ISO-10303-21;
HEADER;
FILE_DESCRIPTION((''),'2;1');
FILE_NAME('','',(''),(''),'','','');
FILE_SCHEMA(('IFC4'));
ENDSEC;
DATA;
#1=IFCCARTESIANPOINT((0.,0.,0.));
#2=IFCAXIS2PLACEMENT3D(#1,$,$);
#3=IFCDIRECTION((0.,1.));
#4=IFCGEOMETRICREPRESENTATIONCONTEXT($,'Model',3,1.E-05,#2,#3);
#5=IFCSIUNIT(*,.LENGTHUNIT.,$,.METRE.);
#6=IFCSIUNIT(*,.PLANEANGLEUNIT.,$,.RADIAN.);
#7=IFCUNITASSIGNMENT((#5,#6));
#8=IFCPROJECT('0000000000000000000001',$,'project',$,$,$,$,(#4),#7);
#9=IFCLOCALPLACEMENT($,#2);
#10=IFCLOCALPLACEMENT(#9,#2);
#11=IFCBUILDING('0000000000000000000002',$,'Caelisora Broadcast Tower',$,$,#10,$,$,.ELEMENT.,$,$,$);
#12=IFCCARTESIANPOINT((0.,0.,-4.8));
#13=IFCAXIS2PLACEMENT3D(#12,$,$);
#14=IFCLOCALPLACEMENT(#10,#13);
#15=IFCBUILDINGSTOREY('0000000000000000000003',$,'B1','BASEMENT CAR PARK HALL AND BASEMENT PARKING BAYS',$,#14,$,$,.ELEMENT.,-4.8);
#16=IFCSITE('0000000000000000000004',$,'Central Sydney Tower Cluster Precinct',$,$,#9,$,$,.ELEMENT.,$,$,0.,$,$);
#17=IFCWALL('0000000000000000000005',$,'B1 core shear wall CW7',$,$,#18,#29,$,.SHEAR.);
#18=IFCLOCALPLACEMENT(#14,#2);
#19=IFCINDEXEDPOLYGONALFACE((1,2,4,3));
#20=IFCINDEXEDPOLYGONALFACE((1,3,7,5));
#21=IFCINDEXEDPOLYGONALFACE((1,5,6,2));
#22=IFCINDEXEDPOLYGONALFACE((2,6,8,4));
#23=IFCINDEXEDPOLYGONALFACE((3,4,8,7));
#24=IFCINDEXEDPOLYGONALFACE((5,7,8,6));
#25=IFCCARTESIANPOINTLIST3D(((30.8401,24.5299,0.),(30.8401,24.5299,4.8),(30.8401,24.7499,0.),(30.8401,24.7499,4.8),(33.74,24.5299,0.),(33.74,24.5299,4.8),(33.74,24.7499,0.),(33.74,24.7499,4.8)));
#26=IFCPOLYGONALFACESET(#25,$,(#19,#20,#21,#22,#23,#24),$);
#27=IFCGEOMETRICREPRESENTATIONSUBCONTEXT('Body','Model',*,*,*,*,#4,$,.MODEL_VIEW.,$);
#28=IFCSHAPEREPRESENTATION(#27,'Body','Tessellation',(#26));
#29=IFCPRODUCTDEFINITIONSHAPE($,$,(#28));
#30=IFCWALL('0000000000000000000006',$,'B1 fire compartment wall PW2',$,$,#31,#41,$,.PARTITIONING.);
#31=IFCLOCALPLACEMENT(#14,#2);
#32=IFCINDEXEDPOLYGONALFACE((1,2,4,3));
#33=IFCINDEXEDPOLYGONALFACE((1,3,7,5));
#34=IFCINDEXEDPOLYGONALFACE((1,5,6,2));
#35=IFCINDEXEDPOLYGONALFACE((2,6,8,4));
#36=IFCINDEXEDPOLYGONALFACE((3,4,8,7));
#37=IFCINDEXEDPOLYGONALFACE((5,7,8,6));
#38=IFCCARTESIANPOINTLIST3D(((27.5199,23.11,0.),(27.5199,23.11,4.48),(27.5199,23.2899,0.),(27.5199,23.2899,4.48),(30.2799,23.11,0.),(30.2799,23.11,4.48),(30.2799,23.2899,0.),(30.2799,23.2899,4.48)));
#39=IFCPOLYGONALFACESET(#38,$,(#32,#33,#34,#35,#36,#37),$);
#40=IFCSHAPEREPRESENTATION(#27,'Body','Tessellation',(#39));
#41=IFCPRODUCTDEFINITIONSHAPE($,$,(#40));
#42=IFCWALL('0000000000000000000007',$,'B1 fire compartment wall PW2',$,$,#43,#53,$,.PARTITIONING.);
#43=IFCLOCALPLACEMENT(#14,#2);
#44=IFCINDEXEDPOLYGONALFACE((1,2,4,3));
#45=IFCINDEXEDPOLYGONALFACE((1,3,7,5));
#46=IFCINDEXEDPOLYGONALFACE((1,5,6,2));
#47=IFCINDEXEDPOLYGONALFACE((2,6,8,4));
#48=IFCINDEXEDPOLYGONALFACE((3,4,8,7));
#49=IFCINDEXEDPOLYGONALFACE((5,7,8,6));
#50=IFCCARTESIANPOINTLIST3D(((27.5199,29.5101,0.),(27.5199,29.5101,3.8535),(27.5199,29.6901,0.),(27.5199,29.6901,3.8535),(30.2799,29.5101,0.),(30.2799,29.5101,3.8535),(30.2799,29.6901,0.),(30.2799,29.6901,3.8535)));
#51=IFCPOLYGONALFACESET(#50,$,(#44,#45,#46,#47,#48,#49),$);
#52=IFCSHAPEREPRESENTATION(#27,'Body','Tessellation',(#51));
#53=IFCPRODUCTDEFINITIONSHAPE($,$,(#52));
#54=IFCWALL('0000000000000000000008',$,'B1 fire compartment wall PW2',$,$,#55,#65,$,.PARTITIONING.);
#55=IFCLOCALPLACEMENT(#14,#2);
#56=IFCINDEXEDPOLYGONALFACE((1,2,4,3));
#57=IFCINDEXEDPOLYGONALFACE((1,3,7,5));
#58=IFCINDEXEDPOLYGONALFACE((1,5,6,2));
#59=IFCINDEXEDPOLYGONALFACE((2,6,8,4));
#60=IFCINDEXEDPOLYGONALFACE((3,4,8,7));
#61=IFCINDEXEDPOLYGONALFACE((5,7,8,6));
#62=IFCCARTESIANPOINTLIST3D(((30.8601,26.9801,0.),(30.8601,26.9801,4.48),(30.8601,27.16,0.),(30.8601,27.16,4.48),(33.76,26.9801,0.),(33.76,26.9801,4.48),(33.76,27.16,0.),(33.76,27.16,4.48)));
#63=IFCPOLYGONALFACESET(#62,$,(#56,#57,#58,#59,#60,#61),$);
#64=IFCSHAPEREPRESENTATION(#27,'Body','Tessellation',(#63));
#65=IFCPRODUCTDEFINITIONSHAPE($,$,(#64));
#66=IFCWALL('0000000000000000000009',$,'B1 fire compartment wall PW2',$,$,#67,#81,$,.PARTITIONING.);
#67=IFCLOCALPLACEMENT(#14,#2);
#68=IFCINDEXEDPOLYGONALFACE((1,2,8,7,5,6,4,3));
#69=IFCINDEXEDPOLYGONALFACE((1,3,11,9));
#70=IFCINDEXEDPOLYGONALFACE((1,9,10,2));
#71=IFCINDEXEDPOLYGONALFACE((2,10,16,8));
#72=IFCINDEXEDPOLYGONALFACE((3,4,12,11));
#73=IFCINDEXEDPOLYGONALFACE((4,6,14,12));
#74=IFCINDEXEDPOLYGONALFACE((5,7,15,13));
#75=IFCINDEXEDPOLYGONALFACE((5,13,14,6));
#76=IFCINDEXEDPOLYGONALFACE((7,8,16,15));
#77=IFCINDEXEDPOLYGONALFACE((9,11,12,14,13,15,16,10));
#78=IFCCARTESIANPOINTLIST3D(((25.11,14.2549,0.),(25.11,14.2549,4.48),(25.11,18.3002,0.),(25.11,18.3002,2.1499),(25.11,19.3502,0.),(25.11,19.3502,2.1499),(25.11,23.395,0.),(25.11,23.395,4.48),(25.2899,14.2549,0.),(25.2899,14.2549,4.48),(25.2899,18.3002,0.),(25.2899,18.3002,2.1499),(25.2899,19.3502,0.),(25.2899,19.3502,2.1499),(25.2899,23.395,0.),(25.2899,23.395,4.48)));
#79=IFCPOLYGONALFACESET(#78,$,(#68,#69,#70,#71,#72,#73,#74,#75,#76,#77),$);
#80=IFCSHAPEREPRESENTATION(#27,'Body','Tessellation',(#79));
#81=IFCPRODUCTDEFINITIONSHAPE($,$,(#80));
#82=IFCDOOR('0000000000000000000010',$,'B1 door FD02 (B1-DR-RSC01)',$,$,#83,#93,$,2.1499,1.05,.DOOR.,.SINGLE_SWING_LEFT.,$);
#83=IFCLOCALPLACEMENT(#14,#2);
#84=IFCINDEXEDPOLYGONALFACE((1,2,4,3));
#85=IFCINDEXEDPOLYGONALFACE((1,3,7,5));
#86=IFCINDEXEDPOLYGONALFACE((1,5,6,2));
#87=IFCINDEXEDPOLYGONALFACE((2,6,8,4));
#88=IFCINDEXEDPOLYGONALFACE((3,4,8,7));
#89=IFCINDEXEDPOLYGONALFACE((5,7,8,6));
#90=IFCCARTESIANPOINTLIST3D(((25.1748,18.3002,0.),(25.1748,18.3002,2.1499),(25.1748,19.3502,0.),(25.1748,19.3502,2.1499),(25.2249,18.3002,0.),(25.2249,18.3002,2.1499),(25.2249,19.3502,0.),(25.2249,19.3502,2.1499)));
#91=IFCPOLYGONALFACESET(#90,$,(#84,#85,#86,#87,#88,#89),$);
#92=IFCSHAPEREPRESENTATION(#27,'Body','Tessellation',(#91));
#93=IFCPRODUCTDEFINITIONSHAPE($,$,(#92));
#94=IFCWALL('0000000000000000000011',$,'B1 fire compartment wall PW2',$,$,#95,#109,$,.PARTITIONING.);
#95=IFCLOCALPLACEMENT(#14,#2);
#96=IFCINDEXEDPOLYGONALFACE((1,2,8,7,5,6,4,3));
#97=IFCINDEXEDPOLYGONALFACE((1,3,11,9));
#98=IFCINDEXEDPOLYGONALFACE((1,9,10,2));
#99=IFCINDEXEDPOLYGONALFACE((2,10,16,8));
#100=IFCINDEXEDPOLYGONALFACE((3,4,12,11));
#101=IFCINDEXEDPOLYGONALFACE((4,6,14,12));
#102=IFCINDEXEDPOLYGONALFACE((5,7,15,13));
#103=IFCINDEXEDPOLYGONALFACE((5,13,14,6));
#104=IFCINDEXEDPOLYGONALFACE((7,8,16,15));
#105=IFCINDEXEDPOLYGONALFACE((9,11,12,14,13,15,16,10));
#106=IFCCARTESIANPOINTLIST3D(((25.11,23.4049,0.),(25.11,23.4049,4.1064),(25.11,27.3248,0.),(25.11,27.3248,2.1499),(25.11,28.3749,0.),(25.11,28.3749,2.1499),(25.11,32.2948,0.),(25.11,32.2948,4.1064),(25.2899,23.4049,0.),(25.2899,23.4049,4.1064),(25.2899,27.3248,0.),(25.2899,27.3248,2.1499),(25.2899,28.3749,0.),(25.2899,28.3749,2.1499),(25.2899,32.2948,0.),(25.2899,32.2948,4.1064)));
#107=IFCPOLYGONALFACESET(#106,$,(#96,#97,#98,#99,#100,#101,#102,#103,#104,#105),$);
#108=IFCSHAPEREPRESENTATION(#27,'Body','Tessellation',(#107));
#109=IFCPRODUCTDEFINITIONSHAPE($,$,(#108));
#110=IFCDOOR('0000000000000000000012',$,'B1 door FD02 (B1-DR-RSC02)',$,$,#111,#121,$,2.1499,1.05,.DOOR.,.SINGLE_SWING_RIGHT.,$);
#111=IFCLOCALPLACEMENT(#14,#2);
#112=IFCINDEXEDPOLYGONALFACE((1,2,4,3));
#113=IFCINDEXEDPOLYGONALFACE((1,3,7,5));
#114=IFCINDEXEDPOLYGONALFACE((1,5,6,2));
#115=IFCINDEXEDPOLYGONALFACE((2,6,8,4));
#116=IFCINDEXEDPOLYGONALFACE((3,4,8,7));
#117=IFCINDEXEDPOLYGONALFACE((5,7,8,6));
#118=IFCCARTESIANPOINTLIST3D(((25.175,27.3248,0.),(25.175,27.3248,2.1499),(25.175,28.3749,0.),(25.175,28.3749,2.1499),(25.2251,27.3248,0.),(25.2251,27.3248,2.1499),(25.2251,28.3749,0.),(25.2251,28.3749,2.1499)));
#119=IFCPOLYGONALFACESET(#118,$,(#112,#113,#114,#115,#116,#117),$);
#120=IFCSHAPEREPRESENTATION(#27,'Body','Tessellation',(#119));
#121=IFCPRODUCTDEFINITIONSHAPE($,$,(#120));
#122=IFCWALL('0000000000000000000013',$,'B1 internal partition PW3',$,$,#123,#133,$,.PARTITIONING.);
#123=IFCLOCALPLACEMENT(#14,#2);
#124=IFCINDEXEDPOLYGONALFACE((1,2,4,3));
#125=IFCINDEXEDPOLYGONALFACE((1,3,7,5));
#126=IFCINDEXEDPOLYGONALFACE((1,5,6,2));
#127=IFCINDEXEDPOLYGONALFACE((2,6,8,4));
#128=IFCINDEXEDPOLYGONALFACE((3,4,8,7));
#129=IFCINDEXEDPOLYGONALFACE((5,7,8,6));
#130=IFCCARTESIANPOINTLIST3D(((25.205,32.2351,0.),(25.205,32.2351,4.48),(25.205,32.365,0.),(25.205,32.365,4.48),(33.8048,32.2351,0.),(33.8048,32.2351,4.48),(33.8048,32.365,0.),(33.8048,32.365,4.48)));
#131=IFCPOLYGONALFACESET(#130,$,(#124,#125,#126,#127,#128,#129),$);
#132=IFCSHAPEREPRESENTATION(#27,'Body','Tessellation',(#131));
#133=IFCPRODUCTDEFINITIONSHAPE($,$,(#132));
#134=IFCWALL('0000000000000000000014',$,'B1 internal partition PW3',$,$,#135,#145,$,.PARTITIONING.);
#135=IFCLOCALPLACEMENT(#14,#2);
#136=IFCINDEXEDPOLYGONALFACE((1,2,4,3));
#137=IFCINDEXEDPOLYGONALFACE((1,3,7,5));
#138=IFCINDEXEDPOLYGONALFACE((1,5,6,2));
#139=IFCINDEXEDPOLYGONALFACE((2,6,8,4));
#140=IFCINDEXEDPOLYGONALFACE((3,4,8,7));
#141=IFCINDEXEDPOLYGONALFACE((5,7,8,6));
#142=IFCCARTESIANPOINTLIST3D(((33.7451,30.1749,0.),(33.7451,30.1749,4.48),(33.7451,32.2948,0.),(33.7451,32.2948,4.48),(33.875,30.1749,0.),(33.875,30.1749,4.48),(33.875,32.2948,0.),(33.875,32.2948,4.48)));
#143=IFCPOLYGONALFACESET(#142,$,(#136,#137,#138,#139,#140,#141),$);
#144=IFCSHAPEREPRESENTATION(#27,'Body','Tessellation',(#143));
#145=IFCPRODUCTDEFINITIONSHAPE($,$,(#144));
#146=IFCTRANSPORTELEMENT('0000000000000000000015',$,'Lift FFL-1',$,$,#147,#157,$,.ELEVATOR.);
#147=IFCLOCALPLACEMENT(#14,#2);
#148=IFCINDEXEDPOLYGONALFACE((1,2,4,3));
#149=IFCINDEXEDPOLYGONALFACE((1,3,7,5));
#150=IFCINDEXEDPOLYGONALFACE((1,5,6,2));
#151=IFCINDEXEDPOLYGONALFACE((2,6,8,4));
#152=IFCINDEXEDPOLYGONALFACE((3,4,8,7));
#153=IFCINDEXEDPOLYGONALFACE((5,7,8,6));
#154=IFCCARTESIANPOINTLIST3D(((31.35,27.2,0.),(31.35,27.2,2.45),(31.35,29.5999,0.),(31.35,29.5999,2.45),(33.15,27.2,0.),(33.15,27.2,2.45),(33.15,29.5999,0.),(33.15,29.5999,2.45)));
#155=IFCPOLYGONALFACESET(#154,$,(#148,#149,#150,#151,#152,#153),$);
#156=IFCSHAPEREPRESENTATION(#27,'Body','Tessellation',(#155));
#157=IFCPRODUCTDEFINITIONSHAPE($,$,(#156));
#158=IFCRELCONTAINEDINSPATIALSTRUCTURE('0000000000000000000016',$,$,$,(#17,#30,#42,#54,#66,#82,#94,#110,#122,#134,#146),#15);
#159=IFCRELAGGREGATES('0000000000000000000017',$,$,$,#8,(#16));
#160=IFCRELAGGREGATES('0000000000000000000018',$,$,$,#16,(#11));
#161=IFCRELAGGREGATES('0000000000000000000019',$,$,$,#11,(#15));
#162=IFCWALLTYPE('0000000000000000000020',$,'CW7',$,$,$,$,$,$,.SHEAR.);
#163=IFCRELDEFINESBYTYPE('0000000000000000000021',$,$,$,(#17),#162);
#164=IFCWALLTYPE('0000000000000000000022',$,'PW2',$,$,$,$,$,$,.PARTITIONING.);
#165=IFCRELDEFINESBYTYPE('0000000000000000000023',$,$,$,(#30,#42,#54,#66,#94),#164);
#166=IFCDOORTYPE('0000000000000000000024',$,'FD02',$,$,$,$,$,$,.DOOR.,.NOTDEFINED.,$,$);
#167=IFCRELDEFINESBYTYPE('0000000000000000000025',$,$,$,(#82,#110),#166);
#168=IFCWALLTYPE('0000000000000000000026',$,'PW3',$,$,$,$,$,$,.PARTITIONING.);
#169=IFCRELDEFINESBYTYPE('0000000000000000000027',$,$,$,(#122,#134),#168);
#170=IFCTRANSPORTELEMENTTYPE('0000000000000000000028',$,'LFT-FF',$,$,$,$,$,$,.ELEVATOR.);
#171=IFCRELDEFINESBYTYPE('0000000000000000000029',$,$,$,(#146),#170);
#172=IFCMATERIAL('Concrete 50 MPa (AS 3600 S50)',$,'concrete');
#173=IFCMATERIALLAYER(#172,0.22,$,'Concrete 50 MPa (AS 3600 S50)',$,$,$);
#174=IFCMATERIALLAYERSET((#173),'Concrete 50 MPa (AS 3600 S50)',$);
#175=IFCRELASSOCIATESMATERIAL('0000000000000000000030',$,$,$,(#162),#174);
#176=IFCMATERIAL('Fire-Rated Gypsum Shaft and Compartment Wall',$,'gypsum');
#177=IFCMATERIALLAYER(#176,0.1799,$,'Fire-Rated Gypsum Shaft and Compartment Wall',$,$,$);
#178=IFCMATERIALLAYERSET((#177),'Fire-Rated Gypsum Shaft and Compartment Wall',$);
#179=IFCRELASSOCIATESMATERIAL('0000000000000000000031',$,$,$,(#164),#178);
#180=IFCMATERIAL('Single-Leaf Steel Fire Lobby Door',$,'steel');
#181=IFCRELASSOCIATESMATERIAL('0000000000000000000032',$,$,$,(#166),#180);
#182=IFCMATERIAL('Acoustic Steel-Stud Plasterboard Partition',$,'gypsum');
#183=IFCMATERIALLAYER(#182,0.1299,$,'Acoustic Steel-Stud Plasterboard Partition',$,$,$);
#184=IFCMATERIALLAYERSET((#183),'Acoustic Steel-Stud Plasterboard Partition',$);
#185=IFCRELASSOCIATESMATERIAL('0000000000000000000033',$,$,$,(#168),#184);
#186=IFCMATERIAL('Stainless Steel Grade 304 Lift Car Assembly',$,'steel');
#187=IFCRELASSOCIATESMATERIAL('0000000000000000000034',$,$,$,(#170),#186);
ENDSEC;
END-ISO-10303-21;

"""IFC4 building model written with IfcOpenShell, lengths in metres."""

from ifc_helpers import new_model, si_unit, direction, frame, frame_2d, origin, origin_2d, place, context, subcontext, project, spatial, rectangle, extrude, source, transform, mapped, material, layer, layer_set, type_object, type_shapes, element, fill, save


model = new_model("IFC4")

# Units and contexts
model_context = context("Model", 3, precision=1e-05, world=origin(), true_north=direction((0.0, 1.0)))
body_context = subcontext(model_context, "Body", "Model", "MODEL_VIEW")
ifc_project = project(units=[si_unit("LENGTHUNIT", "METRE"), si_unit("PLANEANGLEUNIT", "RADIAN")], contexts=[model_context])

# Site, building, storey
site_placement = place(None, origin())
site = spatial("IfcSite", under=ifc_project, at=site_placement, Name="Central Sydney Tower Cluster Precinct", CompositionType="ELEMENT", RefElevation=0.0)
building_placement = place(site_placement, origin())
building = spatial("IfcBuilding", under=site, at=building_placement, Name="Caelisora Broadcast Tower", CompositionType="ELEMENT")
storey_placement = place(building_placement, frame((0.0, 0.0, -4.8)))
storey = spatial("IfcBuildingStorey", under=building, at=storey_placement, Name="B1", Description="BASEMENT CAR PARK HALL AND BASEMENT PARKING BAYS", CompositionType="ELEMENT", Elevation=-4.8)

# Shared definitions
ifc_material_1 = material(Name="Concrete 50 MPa (AS 3600 S50)", Category="concrete")

# Walls
ifc_layer_1 = layer(ifc_material_1, 0.22, Name="Concrete 50 MPa (AS 3600 S50)")
ifc_layer_set_1 = layer_set([ifc_layer_1], Name="Concrete 50 MPa (AS 3600 S50)")
wall_type_1 = type_object("IfcWallType", Name="CW7", PredefinedType="SHEAR", material=ifc_layer_set_1)
wall_1_placement = place(storey_placement, frame((30.8401, 24.6399, 0.0), z_axis=(0.0, 0.0, 1.0), x_axis=(1.0, 0.0, 0.0)))
element("IfcWall", 1, at=wall_1_placement, inside=storey, type_object=wall_type_1, Name="B1 core shear wall CW7", PredefinedType="SHEAR", context=body_context, shape_type="SweptSolid", body=[
    extrude(rectangle(XDim=2.8999, YDim=0.22, at=frame_2d((1.45, 0.0))), origin(), (0.0, 0.0, 1.0), 4.8),
])
ifc_material_2 = material(Name="Fire-Rated Gypsum Shaft and Compartment Wall", Category="gypsum")
ifc_layer_2 = layer(ifc_material_2, 0.1799, Name="Fire-Rated Gypsum Shaft and Compartment Wall")
ifc_layer_set_2 = layer_set([ifc_layer_2], Name="Fire-Rated Gypsum Shaft and Compartment Wall")
wall_type_2 = type_object("IfcWallType", Name="PW2", PredefinedType="PARTITIONING", material=ifc_layer_set_2)
wall_2_placement = place(storey_placement, frame((27.52, 23.2, 0.0), z_axis=(0.0, 0.0, 1.0), x_axis=(1.0, 0.0, 0.0)))
element("IfcWall", 2, at=wall_2_placement, inside=storey, type_object=wall_type_2, Name="B1 fire compartment wall PW2", PredefinedType="PARTITIONING", context=body_context, shape_type="SweptSolid", body=[
    extrude(rectangle(XDim=2.76, YDim=0.1799, at=frame_2d((1.3799, 0.0))), origin(), (0.0, 0.0, 1.0), 4.48),
])
wall_3_placement = place(storey_placement, frame((27.52, 29.6001, 0.0), z_axis=(0.0, 0.0, 1.0), x_axis=(1.0, 0.0, 0.0)))
element("IfcWall", 3, at=wall_3_placement, inside=storey, type_object=wall_type_2, Name="B1 fire compartment wall PW2", PredefinedType="PARTITIONING", context=body_context, shape_type="SweptSolid", body=[
    extrude(rectangle(XDim=2.76, YDim=0.1799, at=frame_2d((1.3799, 0.0))), origin(), (0.0, 0.0, 1.0), 3.8535),
])
wall_4_placement = place(storey_placement, frame((30.8601, 27.0701, 0.0), z_axis=(0.0, 0.0, 1.0), x_axis=(1.0, 0.0, 0.0)))
element("IfcWall", 4, at=wall_4_placement, inside=storey, type_object=wall_type_2, Name="B1 fire compartment wall PW2", PredefinedType="PARTITIONING", context=body_context, shape_type="SweptSolid", body=[
    extrude(rectangle(XDim=2.8999, YDim=0.1799, at=frame_2d((1.45, 0.0))), origin(), (0.0, 0.0, 1.0), 4.48),
])

# Walls, openings, doors
wall_5_placement = place(storey_placement, frame((25.2, 23.395, 0.0), z_axis=(0.0, 0.0, 1.0), x_axis=(0.0, -1.0, 0.0)))
wall_5 = element("IfcWall", 5, at=wall_5_placement, inside=storey, type_object=wall_type_2, Name="B1 fire compartment wall PW2", PredefinedType="PARTITIONING", context=body_context, shape_type="SweptSolid", body=[
    extrude(rectangle(XDim=9.1401, YDim=0.1799, at=frame_2d((4.5701, 0.0))), origin(), (0.0, 0.0, 1.0), 4.48),
])
opening_1_placement = place(wall_5_placement, frame((4.0449, 0.0, 0.0)))
opening_1 = element("IfcOpeningElement", 6, at=opening_1_placement, cuts=wall_5, PredefinedType="OPENING", context=body_context, shape_type="SweptSolid", body=[
    extrude(rectangle(XDim=1.05, YDim=2.1499, at=frame_2d((0.5249, 1.075))), frame((0.0, 0.1021, 0.0), z_axis=(0.0, -1.0, 0.0), x_axis=(1.0, 0.0, 0.0)), (0.0, 0.0, 1.0), 0.2039),
])
ifc_material_3 = material(Name="Single-Leaf Steel Fire Lobby Door", Category="steel")
door_type = type_object("IfcDoorType", Name="FD02", OperationType="NOTDEFINED", PredefinedType="DOOR", material=ifc_material_3)
door_1_placement = place(opening_1_placement, origin())
door_1 = element("IfcDoor", 7, at=door_1_placement, inside=storey, type_object=door_type, Name="B1 door FD02 (B1-DR-RSC01)", OperationType="SINGLE_SWING_LEFT", OverallHeight=2.1499, OverallWidth=1.05, PredefinedType="DOOR", context=body_context, shape_type="SweptSolid", body=[
    extrude(rectangle(XDim=1.05, YDim=2.1499, at=frame_2d((0.5249, 1.075))), frame((0.0, 0.0249, 0.0), z_axis=(0.0, -1.0, 0.0), x_axis=(1.0, 0.0, 0.0)), (0.0, 0.0, 1.0), 0.05),
])
fill(opening_1, door_1)
wall_6_placement = place(storey_placement, frame((25.2, 23.405, 0.0), z_axis=(0.0, 0.0, 1.0), x_axis=(0.0, 1.0, 0.0)))
wall_6 = element("IfcWall", 8, at=wall_6_placement, inside=storey, type_object=wall_type_2, Name="B1 fire compartment wall PW2", PredefinedType="PARTITIONING", context=body_context, shape_type="SweptSolid", body=[
    extrude(rectangle(XDim=8.8899, YDim=0.1799, at=frame_2d((4.4448, 0.0))), origin(), (0.0, 0.0, 1.0), 4.1064),
])
opening_2_placement = place(wall_6_placement, frame((3.9199, 0.0, 0.0)))
opening_2 = element("IfcOpeningElement", 9, at=opening_2_placement, cuts=wall_6, PredefinedType="OPENING", context=body_context, shape_type="SweptSolid", body=[
    extrude(rectangle(XDim=1.05, YDim=2.1499, at=frame_2d((0.5249, 1.075))), frame((0.0, 0.1021, 0.0), z_axis=(0.0, -1.0, 0.0), x_axis=(1.0, 0.0, 0.0)), (0.0, 0.0, 1.0), 0.2039),
])
door_2_placement = place(opening_2_placement, origin())
door_2 = element("IfcDoor", 10, at=door_2_placement, inside=storey, type_object=door_type, Name="B1 door FD02 (B1-DR-RSC02)", OperationType="SINGLE_SWING_RIGHT", OverallHeight=2.1499, OverallWidth=1.05, PredefinedType="DOOR", context=body_context, shape_type="SweptSolid", body=[
    extrude(rectangle(XDim=1.05, YDim=2.1499, at=frame_2d((0.5249, 1.075))), frame((0.0, 0.0249, 0.0), z_axis=(0.0, -1.0, 0.0), x_axis=(1.0, 0.0, 0.0)), (0.0, 0.0, 1.0), 0.05),
])
fill(opening_2, door_2)

# Walls
ifc_material_4 = material(Name="Acoustic Steel-Stud Plasterboard Partition", Category="gypsum")
ifc_layer_3 = layer(ifc_material_4, 0.1299, Name="Acoustic Steel-Stud Plasterboard Partition")
ifc_layer_set_3 = layer_set([ifc_layer_3], Name="Acoustic Steel-Stud Plasterboard Partition")
wall_type_3 = type_object("IfcWallType", Name="PW3", PredefinedType="PARTITIONING", material=ifc_layer_set_3)
wall_7_placement = place(storey_placement, frame((25.2051, 32.3, 0.0), z_axis=(0.0, 0.0, 1.0), x_axis=(1.0, 0.0, 0.0)))
element("IfcWall", 11, at=wall_7_placement, inside=storey, type_object=wall_type_3, Name="B1 internal partition PW3", PredefinedType="PARTITIONING", context=body_context, shape_type="SweptSolid", body=[
    extrude(rectangle(XDim=8.5999, YDim=0.1299, at=frame_2d((4.2998, 0.0))), origin(), (0.0, 0.0, 1.0), 4.48),
])
wall_8_placement = place(storey_placement, frame((33.8101, 32.2949, 0.0), z_axis=(0.0, 0.0, 1.0), x_axis=(0.0, -1.0, 0.0)))
element("IfcWall", 12, at=wall_8_placement, inside=storey, type_object=wall_type_3, Name="B1 internal partition PW3", PredefinedType="PARTITIONING", context=body_context, shape_type="SweptSolid", body=[
    extrude(rectangle(XDim=2.1199, YDim=0.1299, at=frame_2d((1.0601, 0.0))), origin(), (0.0, 0.0, 1.0), 4.48),
])

# Transport element
ifc_material_5 = material(Name="Stainless Steel Grade 304 Lift Car Assembly", Category="steel")
transport_element_type = type_object("IfcTransportElementType", Name="LFT-FF", PredefinedType="ELEVATOR", material=ifc_material_5)
shared_shape_1 = source(origin(), body_context, "Body", "SweptSolid", [
    extrude(rectangle(XDim=1.8, YDim=2.3999, at=origin_2d()), origin(), (0.0, 0.0, 1.0), 2.45),
])
type_shapes(transport_element_type, [shared_shape_1])
transport_element_placement = place(storey_placement, frame((32.25, 28.3999, 0.0), z_axis=(0.0, 0.0, 1.0), x_axis=(1.0, 0.0, 0.0)))
element("IfcTransportElement", 13, at=transport_element_placement, inside=storey, type_object=transport_element_type, Name="Lift FFL-1", PredefinedType="ELEVATOR", context=body_context, shape_type="MappedRepresentation", body=[
    mapped(shared_shape_1, transform((0.0, 0.0, 0.0), scale=1.0)),
])

save(model, "model.ifc")
